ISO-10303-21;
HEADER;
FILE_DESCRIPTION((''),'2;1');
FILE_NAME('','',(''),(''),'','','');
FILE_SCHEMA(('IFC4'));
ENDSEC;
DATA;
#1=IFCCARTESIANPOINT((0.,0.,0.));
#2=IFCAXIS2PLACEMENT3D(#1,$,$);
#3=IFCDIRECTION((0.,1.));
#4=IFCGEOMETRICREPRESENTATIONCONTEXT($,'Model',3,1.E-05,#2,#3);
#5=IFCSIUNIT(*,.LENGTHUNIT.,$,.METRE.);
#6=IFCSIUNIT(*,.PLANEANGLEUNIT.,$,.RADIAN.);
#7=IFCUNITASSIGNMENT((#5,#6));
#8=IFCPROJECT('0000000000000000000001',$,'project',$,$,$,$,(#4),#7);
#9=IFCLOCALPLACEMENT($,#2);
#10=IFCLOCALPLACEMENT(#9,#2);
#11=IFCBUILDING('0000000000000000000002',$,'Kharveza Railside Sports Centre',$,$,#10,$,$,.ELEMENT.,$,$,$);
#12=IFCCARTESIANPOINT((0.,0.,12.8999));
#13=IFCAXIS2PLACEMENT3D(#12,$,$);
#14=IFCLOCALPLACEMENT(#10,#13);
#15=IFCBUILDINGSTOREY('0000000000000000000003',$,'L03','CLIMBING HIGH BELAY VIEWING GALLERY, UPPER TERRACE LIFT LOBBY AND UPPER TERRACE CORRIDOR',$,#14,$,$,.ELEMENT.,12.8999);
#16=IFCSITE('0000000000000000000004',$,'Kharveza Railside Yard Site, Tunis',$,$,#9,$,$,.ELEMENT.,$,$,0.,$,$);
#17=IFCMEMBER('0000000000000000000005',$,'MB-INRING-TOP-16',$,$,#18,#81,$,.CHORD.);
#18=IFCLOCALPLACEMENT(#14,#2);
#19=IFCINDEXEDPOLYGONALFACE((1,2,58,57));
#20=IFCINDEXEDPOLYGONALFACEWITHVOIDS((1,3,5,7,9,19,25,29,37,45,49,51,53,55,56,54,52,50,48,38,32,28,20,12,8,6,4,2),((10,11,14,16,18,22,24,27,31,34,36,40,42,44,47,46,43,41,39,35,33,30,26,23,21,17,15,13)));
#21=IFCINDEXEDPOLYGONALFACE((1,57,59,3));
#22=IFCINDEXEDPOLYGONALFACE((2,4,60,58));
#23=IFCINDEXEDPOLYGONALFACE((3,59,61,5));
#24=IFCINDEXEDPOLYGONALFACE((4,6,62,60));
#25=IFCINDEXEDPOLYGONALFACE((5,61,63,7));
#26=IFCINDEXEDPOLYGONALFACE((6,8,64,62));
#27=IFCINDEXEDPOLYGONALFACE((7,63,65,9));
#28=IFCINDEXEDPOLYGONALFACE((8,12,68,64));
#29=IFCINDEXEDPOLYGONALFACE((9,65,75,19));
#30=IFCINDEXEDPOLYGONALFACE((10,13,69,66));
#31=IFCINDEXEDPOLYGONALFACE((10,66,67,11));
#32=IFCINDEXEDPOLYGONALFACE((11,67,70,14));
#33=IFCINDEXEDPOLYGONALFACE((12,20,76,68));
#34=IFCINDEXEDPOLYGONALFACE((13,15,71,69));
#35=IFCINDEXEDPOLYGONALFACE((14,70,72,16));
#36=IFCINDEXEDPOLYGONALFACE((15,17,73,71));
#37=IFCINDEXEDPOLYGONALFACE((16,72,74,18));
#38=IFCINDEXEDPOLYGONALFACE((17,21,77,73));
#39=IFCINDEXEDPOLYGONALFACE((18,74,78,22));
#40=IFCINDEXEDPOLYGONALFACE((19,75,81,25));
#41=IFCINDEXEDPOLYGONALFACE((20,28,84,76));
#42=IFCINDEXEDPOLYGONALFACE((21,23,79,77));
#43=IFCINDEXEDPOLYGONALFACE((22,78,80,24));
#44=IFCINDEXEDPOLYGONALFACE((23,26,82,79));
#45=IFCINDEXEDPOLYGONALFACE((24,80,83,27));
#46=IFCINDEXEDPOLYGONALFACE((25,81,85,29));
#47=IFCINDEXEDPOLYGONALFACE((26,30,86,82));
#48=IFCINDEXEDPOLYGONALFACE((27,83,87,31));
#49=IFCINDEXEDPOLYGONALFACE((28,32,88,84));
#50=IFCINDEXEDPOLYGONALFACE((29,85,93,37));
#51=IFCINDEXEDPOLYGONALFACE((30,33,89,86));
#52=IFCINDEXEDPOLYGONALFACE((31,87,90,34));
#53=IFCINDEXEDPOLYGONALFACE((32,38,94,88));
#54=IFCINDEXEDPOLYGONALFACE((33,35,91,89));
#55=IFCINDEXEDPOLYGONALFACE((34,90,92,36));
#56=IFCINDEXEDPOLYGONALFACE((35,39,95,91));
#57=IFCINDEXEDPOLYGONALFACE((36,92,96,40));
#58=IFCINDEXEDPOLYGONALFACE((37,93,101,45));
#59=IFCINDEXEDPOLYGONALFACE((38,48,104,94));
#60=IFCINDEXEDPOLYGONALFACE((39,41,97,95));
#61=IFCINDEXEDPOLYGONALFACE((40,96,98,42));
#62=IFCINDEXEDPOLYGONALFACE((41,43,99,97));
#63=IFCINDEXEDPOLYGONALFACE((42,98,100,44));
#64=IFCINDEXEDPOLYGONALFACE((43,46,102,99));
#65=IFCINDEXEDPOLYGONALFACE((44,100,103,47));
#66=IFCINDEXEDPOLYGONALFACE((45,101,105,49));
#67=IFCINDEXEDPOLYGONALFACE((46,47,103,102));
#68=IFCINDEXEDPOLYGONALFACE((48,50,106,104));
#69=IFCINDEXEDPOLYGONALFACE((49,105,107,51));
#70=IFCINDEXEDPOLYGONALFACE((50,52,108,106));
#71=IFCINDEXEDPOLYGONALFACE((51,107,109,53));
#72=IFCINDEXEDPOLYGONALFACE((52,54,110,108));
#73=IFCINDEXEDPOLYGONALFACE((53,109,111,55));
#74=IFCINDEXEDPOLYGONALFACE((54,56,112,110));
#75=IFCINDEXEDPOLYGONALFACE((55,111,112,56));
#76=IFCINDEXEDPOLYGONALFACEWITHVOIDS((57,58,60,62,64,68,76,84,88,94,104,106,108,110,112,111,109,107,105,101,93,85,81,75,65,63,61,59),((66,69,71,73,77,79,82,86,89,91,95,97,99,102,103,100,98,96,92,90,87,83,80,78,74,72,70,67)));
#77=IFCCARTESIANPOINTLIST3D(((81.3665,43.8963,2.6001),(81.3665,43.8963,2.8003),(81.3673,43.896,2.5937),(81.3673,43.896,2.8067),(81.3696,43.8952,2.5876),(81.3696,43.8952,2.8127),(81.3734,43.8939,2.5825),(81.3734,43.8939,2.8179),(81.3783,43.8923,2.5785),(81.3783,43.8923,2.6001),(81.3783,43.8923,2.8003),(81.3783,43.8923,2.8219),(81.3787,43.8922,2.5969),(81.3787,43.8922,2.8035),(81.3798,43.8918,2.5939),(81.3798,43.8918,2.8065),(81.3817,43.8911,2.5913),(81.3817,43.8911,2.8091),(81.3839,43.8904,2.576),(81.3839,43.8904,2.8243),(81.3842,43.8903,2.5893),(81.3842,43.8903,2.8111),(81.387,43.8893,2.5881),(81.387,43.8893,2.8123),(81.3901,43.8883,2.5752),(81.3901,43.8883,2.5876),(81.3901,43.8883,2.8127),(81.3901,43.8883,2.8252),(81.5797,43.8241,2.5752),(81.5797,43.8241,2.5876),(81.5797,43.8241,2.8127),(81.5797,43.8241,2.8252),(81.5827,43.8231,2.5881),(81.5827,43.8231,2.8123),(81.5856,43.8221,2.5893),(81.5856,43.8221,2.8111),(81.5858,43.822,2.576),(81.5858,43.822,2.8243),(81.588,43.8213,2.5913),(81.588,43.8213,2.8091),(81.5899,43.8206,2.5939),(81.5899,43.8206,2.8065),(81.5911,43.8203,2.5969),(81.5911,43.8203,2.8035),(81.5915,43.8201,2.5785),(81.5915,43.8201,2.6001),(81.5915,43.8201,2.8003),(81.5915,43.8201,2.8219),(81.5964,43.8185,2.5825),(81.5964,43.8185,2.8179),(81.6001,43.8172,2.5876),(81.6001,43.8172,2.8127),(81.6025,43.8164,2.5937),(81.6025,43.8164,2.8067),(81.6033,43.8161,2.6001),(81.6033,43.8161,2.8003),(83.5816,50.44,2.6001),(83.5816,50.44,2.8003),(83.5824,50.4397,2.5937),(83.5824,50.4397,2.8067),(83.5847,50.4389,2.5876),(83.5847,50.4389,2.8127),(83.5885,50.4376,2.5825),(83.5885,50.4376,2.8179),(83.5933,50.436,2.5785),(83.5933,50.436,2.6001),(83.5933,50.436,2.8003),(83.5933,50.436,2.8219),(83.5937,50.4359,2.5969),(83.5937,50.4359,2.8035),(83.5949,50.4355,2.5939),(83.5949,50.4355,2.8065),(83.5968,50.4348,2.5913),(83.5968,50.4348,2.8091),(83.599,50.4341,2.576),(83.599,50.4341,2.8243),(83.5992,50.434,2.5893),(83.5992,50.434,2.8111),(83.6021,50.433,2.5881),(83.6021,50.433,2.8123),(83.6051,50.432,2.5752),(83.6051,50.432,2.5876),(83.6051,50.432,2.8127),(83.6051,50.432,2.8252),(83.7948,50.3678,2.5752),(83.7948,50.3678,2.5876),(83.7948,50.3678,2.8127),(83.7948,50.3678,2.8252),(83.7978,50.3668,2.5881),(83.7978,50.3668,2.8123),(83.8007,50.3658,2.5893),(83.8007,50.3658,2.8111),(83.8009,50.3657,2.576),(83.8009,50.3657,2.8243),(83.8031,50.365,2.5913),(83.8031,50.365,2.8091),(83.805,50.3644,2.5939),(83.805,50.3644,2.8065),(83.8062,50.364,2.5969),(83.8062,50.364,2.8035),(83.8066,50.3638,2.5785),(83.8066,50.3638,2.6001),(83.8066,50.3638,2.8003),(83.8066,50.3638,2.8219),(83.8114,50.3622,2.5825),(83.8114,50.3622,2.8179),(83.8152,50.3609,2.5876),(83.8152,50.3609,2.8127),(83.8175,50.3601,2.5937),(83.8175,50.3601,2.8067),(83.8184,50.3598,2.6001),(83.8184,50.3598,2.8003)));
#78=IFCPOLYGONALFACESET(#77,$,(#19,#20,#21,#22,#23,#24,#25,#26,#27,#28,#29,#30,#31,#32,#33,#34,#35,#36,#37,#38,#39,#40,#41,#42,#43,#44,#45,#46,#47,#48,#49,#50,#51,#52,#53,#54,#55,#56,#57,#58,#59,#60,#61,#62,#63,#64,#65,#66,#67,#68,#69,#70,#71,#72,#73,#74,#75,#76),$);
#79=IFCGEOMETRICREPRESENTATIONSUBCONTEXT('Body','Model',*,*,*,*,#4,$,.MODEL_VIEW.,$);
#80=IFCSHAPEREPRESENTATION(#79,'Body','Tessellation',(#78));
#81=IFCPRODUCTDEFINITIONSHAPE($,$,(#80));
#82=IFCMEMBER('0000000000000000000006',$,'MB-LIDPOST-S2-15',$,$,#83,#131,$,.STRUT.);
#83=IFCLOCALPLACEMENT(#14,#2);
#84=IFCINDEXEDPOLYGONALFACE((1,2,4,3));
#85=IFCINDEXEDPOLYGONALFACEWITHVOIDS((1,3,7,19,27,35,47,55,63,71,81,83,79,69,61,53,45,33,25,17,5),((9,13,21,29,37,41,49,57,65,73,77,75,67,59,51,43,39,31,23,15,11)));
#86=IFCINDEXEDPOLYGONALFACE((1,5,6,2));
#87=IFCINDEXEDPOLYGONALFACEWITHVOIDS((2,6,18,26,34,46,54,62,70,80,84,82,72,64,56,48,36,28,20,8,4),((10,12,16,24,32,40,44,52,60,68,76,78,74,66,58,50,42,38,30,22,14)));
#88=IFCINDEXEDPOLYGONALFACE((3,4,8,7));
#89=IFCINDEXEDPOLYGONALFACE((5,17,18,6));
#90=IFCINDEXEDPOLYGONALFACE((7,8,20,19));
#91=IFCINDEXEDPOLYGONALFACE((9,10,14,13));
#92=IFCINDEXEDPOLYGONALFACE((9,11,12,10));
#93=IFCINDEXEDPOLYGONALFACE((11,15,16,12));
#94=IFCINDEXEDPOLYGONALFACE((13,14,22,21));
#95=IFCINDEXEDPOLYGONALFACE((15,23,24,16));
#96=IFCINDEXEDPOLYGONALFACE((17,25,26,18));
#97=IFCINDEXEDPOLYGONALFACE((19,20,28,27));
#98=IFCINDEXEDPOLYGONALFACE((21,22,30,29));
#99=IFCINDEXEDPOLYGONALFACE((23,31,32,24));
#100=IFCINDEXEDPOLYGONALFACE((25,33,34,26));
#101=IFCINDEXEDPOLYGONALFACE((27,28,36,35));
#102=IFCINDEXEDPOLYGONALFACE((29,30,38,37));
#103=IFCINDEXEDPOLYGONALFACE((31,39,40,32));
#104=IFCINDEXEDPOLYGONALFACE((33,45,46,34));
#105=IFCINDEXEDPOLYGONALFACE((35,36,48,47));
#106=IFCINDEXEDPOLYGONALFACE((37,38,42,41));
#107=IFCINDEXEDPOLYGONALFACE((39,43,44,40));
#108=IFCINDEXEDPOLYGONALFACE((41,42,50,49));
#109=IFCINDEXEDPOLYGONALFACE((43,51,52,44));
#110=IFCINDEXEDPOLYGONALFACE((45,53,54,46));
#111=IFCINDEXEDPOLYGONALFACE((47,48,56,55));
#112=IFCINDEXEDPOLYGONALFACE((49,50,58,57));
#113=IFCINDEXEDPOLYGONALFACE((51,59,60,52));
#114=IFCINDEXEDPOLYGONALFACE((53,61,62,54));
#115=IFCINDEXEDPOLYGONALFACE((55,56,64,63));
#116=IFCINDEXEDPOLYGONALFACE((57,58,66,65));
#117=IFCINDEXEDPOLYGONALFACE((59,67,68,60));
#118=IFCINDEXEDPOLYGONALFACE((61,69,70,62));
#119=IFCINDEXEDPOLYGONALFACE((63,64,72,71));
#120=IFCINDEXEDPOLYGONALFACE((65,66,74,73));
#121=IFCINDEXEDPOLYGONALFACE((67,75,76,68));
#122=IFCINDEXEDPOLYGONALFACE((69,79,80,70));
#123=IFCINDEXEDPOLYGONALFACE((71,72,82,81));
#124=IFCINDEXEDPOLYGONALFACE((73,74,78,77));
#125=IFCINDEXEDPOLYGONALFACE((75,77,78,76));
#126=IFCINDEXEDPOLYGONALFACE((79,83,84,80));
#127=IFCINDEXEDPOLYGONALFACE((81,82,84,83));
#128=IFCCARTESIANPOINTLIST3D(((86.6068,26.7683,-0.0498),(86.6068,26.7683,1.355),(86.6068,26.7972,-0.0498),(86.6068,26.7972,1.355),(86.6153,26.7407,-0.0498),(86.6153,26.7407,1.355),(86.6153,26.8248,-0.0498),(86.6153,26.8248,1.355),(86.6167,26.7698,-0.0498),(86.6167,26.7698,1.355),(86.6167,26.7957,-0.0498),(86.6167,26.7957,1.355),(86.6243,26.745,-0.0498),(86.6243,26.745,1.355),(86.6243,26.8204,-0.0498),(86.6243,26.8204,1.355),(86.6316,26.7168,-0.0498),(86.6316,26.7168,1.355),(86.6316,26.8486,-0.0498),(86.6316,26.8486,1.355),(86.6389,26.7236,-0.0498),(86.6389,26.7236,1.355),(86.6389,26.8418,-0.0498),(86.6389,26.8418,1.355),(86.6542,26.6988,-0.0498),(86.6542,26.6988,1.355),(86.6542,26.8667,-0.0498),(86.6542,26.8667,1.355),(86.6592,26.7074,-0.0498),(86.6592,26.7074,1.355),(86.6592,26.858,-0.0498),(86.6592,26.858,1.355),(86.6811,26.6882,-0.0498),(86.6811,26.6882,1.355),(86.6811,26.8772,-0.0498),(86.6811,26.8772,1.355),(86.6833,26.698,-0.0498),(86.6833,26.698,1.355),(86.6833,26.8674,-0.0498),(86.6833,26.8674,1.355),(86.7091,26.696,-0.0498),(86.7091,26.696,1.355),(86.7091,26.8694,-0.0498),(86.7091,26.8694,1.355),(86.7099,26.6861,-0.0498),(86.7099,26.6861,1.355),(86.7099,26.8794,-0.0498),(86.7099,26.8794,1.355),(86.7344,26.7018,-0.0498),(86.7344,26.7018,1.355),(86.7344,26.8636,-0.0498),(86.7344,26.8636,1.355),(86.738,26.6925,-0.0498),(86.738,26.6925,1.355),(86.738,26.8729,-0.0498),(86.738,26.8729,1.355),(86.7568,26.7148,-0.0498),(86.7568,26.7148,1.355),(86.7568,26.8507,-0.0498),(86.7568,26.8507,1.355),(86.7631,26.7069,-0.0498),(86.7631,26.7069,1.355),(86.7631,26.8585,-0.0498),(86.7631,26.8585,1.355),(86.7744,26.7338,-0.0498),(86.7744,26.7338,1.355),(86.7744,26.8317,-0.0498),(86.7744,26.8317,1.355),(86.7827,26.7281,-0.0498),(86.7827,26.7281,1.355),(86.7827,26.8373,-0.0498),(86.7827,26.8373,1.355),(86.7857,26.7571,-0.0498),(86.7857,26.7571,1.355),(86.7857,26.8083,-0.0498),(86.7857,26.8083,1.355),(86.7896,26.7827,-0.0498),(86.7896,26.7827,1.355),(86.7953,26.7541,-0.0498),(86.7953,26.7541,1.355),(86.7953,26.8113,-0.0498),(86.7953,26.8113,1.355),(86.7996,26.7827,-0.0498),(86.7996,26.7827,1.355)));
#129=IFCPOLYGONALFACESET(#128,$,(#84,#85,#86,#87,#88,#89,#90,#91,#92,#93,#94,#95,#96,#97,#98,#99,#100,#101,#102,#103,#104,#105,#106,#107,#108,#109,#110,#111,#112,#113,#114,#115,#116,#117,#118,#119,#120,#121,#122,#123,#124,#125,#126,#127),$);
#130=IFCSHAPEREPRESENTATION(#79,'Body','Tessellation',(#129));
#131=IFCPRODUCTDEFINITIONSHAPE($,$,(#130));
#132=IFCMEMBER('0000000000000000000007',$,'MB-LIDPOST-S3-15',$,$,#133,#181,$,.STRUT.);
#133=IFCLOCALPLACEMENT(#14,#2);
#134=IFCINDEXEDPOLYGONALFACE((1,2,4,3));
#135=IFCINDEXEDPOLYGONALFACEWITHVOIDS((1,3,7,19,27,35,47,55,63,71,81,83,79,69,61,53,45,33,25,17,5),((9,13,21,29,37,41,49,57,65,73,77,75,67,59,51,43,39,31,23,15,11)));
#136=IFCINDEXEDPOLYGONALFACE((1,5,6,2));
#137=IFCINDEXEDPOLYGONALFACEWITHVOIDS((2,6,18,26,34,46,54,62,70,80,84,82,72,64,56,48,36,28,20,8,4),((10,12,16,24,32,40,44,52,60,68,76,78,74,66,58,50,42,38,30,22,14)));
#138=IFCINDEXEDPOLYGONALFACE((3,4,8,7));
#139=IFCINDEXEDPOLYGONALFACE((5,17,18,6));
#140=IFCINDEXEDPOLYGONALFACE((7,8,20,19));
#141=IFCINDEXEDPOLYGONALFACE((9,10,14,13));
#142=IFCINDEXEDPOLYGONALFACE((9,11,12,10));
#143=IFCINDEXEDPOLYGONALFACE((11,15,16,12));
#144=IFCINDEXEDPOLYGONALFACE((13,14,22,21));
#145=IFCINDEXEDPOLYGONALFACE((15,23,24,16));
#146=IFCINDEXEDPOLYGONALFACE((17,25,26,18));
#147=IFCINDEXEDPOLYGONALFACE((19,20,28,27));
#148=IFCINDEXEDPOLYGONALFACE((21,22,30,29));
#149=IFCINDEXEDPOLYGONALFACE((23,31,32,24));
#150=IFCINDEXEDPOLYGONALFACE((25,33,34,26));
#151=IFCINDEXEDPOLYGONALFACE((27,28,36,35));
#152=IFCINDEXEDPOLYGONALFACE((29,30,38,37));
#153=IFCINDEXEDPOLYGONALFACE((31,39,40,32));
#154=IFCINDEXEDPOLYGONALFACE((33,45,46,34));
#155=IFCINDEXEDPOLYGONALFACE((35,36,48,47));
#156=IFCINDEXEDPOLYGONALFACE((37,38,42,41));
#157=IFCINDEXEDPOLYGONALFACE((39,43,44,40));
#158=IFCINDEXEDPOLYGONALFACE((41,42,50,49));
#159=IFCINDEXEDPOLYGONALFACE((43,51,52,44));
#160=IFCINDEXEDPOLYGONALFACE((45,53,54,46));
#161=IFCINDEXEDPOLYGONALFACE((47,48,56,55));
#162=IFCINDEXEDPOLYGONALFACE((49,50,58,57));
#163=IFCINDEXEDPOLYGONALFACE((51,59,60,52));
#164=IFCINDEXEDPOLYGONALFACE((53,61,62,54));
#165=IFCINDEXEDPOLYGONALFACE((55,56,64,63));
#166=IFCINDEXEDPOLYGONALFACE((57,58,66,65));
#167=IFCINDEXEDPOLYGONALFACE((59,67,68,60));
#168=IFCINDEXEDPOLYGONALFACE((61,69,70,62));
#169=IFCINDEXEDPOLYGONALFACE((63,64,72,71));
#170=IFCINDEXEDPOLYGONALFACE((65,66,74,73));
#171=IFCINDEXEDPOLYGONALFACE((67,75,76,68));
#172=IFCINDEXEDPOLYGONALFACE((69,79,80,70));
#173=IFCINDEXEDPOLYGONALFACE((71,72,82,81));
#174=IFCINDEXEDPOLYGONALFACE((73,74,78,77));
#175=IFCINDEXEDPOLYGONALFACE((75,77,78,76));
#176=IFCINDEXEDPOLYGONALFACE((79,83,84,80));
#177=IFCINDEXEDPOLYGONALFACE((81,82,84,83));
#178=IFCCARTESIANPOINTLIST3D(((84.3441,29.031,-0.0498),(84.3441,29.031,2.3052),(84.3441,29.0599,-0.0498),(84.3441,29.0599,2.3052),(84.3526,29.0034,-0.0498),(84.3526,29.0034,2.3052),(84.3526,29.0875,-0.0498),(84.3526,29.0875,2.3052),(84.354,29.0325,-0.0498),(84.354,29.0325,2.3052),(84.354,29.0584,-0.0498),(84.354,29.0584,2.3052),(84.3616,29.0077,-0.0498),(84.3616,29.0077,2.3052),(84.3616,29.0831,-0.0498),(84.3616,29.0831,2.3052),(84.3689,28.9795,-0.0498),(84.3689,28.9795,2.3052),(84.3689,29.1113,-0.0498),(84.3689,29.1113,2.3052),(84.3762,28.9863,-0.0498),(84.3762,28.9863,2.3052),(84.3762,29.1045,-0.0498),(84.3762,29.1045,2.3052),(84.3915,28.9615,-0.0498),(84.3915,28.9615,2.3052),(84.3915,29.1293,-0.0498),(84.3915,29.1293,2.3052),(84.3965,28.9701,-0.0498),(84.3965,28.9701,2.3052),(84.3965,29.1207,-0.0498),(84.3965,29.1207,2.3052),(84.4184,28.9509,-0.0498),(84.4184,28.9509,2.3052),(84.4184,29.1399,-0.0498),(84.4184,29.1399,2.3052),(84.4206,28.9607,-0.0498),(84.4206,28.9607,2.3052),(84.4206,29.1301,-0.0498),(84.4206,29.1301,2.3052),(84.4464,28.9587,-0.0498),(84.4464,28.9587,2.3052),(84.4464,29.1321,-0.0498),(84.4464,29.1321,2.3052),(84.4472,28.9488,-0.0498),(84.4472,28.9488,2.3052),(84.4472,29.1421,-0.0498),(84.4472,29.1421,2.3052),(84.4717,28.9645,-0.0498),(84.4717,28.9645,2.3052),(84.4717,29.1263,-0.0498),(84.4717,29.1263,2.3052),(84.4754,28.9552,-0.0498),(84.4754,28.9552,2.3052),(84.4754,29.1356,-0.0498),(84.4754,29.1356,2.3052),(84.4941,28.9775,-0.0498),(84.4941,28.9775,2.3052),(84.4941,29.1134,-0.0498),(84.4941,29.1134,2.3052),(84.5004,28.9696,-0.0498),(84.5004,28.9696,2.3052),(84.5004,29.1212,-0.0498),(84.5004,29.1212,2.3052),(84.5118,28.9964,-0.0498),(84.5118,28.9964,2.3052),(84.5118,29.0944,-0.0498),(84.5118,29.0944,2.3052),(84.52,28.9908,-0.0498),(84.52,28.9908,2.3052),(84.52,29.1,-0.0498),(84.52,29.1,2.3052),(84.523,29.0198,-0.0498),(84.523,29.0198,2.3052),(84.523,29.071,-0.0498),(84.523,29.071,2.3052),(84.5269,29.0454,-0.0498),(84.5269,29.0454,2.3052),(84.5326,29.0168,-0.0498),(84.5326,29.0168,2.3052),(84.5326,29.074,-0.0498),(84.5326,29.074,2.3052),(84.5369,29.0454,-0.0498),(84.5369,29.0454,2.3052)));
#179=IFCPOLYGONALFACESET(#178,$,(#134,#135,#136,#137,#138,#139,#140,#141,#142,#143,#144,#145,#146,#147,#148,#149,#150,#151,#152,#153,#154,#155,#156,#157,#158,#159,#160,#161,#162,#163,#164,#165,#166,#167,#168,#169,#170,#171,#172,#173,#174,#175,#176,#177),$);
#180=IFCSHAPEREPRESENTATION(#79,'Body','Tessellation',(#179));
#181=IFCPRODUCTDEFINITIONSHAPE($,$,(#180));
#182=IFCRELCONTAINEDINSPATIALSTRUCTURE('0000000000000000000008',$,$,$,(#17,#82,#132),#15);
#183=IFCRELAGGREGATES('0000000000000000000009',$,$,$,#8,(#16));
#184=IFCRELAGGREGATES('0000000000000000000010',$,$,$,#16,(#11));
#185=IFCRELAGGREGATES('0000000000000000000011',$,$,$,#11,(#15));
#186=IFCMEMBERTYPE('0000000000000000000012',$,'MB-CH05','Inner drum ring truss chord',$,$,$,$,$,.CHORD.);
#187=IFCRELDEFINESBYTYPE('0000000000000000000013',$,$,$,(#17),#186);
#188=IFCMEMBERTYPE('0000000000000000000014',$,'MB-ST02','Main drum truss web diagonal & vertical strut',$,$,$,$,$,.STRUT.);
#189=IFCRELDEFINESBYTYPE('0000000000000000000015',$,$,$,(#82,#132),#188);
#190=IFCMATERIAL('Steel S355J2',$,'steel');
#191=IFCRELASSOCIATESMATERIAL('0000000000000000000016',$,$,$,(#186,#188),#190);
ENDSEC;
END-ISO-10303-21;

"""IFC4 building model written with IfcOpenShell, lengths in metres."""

from ifc_helpers import new_model, si_unit, direction, frame, origin, origin_2d, place, context, subcontext, project, spatial, hollow_rectangle, hollow_circle, extrude, material, material_profile, profile_set, type_object, element, save


model = new_model("IFC4")

# Units and contexts
model_context = context("Model", 3, precision=1e-05, world=origin(), true_north=direction((0.0, 1.0)))
body_context = subcontext(model_context, "Body", "Model", "MODEL_VIEW")
ifc_project = project(units=[si_unit("LENGTHUNIT", "METRE"), si_unit("PLANEANGLEUNIT", "RADIAN")], contexts=[model_context])

# Site, building, storey
site_placement = place(None, origin())
site = spatial("IfcSite", under=ifc_project, at=site_placement, Name="Kharveza Railside Yard Site, Tunis", CompositionType="ELEMENT", RefElevation=0.0)
building_placement = place(site_placement, origin())
building = spatial("IfcBuilding", under=site, at=building_placement, Name="Kharveza Railside Sports Centre", CompositionType="ELEMENT")
storey_placement = place(building_placement, frame((0.0, 0.0, 12.8999)))
storey = spatial("IfcBuildingStorey", under=building, at=storey_placement, Name="L03", Description="CLIMBING HIGH BELAY VIEWING GALLERY, UPPER TERRACE LIFT LOBBY AND UPPER TERRACE CORRIDOR", CompositionType="ELEMENT", Elevation=12.8999)

# Shared definitions
ifc_material_1 = material(Name="Steel S355J2", Category="steel")

# Members
ifc_material_profile_1 = material_profile(ifc_material_1, hollow_rectangle(XDim=0.25, YDim=0.25, WallThickness=0.0125, InnerFilletRadius=0.0125, OuterFilletRadius=0.0249, at=origin_2d()), Name="SHS 250x250x12.5")
ifc_profile_set_1 = profile_set([ifc_material_profile_1], Name="Steel S355J2")
member_type_1 = type_object("IfcMemberType", Name="MB-CH05", Description="Inner drum ring truss chord", PredefinedType="CHORD", material=ifc_profile_set_1)
for number, where, z_axis, x_axis, name in (
    (1, (81.4849, 43.8562, 2.7002), (0.320635, 0.947203, 0.0), (-0.947203, 0.320635, 0.0), "MB-INRING-TOP-16"),
):
    element("IfcMember", number, at=place(storey_placement, frame(where, z_axis=z_axis, x_axis=x_axis)), inside=storey, type_object=member_type_1, Name=name, PredefinedType="CHORD", context=body_context, shape_type="SweptSolid", body=[
        extrude(hollow_rectangle(XDim=0.25, YDim=0.25, WallThickness=0.0125, InnerFilletRadius=0.0125, OuterFilletRadius=0.0249, at=origin_2d()), origin(), (0.0, 0.0, 1.0), 6.9084),
    ])
ifc_material_profile_2 = material_profile(ifc_material_1, hollow_circle(Radius=0.0969, WallThickness=0.01, at=origin_2d()), Name="CHS 193.7x10.0")
ifc_profile_set_2 = profile_set([ifc_material_profile_2], Name="Steel S355J2")
member_type_2 = type_object("IfcMemberType", Name="MB-ST02", Description="Main drum truss web diagonal & vertical strut", PredefinedType="STRUT", material=ifc_profile_set_2)
member_1_placement = place(storey_placement, frame((86.7026, 26.7827, -0.0498), z_axis=(0.0, 0.0, 1.0), x_axis=(1.0, 0.0, 0.0)))
element("IfcMember", 2, at=member_1_placement, inside=storey, type_object=member_type_2, Name="MB-LIDPOST-S2-15", PredefinedType="STRUT", context=body_context, shape_type="SweptSolid", body=[
    extrude(hollow_circle(Radius=0.0969, WallThickness=0.01, at=origin_2d()), origin(), (0.0, 0.0, 1.0), 1.4048),
])
member_2_placement = place(storey_placement, frame((84.4399, 29.0454, -0.0498), z_axis=(0.0, 0.0, 1.0), x_axis=(1.0, 0.0, 0.0)))
element("IfcMember", 3, at=member_2_placement, inside=storey, type_object=member_type_2, Name="MB-LIDPOST-S3-15", PredefinedType="STRUT", context=body_context, shape_type="SweptSolid", body=[
    extrude(hollow_circle(Radius=0.0969, WallThickness=0.01, at=origin_2d()), origin(), (0.0, 0.0, 1.0), 2.355),
])

save(model, "model.ifc")
